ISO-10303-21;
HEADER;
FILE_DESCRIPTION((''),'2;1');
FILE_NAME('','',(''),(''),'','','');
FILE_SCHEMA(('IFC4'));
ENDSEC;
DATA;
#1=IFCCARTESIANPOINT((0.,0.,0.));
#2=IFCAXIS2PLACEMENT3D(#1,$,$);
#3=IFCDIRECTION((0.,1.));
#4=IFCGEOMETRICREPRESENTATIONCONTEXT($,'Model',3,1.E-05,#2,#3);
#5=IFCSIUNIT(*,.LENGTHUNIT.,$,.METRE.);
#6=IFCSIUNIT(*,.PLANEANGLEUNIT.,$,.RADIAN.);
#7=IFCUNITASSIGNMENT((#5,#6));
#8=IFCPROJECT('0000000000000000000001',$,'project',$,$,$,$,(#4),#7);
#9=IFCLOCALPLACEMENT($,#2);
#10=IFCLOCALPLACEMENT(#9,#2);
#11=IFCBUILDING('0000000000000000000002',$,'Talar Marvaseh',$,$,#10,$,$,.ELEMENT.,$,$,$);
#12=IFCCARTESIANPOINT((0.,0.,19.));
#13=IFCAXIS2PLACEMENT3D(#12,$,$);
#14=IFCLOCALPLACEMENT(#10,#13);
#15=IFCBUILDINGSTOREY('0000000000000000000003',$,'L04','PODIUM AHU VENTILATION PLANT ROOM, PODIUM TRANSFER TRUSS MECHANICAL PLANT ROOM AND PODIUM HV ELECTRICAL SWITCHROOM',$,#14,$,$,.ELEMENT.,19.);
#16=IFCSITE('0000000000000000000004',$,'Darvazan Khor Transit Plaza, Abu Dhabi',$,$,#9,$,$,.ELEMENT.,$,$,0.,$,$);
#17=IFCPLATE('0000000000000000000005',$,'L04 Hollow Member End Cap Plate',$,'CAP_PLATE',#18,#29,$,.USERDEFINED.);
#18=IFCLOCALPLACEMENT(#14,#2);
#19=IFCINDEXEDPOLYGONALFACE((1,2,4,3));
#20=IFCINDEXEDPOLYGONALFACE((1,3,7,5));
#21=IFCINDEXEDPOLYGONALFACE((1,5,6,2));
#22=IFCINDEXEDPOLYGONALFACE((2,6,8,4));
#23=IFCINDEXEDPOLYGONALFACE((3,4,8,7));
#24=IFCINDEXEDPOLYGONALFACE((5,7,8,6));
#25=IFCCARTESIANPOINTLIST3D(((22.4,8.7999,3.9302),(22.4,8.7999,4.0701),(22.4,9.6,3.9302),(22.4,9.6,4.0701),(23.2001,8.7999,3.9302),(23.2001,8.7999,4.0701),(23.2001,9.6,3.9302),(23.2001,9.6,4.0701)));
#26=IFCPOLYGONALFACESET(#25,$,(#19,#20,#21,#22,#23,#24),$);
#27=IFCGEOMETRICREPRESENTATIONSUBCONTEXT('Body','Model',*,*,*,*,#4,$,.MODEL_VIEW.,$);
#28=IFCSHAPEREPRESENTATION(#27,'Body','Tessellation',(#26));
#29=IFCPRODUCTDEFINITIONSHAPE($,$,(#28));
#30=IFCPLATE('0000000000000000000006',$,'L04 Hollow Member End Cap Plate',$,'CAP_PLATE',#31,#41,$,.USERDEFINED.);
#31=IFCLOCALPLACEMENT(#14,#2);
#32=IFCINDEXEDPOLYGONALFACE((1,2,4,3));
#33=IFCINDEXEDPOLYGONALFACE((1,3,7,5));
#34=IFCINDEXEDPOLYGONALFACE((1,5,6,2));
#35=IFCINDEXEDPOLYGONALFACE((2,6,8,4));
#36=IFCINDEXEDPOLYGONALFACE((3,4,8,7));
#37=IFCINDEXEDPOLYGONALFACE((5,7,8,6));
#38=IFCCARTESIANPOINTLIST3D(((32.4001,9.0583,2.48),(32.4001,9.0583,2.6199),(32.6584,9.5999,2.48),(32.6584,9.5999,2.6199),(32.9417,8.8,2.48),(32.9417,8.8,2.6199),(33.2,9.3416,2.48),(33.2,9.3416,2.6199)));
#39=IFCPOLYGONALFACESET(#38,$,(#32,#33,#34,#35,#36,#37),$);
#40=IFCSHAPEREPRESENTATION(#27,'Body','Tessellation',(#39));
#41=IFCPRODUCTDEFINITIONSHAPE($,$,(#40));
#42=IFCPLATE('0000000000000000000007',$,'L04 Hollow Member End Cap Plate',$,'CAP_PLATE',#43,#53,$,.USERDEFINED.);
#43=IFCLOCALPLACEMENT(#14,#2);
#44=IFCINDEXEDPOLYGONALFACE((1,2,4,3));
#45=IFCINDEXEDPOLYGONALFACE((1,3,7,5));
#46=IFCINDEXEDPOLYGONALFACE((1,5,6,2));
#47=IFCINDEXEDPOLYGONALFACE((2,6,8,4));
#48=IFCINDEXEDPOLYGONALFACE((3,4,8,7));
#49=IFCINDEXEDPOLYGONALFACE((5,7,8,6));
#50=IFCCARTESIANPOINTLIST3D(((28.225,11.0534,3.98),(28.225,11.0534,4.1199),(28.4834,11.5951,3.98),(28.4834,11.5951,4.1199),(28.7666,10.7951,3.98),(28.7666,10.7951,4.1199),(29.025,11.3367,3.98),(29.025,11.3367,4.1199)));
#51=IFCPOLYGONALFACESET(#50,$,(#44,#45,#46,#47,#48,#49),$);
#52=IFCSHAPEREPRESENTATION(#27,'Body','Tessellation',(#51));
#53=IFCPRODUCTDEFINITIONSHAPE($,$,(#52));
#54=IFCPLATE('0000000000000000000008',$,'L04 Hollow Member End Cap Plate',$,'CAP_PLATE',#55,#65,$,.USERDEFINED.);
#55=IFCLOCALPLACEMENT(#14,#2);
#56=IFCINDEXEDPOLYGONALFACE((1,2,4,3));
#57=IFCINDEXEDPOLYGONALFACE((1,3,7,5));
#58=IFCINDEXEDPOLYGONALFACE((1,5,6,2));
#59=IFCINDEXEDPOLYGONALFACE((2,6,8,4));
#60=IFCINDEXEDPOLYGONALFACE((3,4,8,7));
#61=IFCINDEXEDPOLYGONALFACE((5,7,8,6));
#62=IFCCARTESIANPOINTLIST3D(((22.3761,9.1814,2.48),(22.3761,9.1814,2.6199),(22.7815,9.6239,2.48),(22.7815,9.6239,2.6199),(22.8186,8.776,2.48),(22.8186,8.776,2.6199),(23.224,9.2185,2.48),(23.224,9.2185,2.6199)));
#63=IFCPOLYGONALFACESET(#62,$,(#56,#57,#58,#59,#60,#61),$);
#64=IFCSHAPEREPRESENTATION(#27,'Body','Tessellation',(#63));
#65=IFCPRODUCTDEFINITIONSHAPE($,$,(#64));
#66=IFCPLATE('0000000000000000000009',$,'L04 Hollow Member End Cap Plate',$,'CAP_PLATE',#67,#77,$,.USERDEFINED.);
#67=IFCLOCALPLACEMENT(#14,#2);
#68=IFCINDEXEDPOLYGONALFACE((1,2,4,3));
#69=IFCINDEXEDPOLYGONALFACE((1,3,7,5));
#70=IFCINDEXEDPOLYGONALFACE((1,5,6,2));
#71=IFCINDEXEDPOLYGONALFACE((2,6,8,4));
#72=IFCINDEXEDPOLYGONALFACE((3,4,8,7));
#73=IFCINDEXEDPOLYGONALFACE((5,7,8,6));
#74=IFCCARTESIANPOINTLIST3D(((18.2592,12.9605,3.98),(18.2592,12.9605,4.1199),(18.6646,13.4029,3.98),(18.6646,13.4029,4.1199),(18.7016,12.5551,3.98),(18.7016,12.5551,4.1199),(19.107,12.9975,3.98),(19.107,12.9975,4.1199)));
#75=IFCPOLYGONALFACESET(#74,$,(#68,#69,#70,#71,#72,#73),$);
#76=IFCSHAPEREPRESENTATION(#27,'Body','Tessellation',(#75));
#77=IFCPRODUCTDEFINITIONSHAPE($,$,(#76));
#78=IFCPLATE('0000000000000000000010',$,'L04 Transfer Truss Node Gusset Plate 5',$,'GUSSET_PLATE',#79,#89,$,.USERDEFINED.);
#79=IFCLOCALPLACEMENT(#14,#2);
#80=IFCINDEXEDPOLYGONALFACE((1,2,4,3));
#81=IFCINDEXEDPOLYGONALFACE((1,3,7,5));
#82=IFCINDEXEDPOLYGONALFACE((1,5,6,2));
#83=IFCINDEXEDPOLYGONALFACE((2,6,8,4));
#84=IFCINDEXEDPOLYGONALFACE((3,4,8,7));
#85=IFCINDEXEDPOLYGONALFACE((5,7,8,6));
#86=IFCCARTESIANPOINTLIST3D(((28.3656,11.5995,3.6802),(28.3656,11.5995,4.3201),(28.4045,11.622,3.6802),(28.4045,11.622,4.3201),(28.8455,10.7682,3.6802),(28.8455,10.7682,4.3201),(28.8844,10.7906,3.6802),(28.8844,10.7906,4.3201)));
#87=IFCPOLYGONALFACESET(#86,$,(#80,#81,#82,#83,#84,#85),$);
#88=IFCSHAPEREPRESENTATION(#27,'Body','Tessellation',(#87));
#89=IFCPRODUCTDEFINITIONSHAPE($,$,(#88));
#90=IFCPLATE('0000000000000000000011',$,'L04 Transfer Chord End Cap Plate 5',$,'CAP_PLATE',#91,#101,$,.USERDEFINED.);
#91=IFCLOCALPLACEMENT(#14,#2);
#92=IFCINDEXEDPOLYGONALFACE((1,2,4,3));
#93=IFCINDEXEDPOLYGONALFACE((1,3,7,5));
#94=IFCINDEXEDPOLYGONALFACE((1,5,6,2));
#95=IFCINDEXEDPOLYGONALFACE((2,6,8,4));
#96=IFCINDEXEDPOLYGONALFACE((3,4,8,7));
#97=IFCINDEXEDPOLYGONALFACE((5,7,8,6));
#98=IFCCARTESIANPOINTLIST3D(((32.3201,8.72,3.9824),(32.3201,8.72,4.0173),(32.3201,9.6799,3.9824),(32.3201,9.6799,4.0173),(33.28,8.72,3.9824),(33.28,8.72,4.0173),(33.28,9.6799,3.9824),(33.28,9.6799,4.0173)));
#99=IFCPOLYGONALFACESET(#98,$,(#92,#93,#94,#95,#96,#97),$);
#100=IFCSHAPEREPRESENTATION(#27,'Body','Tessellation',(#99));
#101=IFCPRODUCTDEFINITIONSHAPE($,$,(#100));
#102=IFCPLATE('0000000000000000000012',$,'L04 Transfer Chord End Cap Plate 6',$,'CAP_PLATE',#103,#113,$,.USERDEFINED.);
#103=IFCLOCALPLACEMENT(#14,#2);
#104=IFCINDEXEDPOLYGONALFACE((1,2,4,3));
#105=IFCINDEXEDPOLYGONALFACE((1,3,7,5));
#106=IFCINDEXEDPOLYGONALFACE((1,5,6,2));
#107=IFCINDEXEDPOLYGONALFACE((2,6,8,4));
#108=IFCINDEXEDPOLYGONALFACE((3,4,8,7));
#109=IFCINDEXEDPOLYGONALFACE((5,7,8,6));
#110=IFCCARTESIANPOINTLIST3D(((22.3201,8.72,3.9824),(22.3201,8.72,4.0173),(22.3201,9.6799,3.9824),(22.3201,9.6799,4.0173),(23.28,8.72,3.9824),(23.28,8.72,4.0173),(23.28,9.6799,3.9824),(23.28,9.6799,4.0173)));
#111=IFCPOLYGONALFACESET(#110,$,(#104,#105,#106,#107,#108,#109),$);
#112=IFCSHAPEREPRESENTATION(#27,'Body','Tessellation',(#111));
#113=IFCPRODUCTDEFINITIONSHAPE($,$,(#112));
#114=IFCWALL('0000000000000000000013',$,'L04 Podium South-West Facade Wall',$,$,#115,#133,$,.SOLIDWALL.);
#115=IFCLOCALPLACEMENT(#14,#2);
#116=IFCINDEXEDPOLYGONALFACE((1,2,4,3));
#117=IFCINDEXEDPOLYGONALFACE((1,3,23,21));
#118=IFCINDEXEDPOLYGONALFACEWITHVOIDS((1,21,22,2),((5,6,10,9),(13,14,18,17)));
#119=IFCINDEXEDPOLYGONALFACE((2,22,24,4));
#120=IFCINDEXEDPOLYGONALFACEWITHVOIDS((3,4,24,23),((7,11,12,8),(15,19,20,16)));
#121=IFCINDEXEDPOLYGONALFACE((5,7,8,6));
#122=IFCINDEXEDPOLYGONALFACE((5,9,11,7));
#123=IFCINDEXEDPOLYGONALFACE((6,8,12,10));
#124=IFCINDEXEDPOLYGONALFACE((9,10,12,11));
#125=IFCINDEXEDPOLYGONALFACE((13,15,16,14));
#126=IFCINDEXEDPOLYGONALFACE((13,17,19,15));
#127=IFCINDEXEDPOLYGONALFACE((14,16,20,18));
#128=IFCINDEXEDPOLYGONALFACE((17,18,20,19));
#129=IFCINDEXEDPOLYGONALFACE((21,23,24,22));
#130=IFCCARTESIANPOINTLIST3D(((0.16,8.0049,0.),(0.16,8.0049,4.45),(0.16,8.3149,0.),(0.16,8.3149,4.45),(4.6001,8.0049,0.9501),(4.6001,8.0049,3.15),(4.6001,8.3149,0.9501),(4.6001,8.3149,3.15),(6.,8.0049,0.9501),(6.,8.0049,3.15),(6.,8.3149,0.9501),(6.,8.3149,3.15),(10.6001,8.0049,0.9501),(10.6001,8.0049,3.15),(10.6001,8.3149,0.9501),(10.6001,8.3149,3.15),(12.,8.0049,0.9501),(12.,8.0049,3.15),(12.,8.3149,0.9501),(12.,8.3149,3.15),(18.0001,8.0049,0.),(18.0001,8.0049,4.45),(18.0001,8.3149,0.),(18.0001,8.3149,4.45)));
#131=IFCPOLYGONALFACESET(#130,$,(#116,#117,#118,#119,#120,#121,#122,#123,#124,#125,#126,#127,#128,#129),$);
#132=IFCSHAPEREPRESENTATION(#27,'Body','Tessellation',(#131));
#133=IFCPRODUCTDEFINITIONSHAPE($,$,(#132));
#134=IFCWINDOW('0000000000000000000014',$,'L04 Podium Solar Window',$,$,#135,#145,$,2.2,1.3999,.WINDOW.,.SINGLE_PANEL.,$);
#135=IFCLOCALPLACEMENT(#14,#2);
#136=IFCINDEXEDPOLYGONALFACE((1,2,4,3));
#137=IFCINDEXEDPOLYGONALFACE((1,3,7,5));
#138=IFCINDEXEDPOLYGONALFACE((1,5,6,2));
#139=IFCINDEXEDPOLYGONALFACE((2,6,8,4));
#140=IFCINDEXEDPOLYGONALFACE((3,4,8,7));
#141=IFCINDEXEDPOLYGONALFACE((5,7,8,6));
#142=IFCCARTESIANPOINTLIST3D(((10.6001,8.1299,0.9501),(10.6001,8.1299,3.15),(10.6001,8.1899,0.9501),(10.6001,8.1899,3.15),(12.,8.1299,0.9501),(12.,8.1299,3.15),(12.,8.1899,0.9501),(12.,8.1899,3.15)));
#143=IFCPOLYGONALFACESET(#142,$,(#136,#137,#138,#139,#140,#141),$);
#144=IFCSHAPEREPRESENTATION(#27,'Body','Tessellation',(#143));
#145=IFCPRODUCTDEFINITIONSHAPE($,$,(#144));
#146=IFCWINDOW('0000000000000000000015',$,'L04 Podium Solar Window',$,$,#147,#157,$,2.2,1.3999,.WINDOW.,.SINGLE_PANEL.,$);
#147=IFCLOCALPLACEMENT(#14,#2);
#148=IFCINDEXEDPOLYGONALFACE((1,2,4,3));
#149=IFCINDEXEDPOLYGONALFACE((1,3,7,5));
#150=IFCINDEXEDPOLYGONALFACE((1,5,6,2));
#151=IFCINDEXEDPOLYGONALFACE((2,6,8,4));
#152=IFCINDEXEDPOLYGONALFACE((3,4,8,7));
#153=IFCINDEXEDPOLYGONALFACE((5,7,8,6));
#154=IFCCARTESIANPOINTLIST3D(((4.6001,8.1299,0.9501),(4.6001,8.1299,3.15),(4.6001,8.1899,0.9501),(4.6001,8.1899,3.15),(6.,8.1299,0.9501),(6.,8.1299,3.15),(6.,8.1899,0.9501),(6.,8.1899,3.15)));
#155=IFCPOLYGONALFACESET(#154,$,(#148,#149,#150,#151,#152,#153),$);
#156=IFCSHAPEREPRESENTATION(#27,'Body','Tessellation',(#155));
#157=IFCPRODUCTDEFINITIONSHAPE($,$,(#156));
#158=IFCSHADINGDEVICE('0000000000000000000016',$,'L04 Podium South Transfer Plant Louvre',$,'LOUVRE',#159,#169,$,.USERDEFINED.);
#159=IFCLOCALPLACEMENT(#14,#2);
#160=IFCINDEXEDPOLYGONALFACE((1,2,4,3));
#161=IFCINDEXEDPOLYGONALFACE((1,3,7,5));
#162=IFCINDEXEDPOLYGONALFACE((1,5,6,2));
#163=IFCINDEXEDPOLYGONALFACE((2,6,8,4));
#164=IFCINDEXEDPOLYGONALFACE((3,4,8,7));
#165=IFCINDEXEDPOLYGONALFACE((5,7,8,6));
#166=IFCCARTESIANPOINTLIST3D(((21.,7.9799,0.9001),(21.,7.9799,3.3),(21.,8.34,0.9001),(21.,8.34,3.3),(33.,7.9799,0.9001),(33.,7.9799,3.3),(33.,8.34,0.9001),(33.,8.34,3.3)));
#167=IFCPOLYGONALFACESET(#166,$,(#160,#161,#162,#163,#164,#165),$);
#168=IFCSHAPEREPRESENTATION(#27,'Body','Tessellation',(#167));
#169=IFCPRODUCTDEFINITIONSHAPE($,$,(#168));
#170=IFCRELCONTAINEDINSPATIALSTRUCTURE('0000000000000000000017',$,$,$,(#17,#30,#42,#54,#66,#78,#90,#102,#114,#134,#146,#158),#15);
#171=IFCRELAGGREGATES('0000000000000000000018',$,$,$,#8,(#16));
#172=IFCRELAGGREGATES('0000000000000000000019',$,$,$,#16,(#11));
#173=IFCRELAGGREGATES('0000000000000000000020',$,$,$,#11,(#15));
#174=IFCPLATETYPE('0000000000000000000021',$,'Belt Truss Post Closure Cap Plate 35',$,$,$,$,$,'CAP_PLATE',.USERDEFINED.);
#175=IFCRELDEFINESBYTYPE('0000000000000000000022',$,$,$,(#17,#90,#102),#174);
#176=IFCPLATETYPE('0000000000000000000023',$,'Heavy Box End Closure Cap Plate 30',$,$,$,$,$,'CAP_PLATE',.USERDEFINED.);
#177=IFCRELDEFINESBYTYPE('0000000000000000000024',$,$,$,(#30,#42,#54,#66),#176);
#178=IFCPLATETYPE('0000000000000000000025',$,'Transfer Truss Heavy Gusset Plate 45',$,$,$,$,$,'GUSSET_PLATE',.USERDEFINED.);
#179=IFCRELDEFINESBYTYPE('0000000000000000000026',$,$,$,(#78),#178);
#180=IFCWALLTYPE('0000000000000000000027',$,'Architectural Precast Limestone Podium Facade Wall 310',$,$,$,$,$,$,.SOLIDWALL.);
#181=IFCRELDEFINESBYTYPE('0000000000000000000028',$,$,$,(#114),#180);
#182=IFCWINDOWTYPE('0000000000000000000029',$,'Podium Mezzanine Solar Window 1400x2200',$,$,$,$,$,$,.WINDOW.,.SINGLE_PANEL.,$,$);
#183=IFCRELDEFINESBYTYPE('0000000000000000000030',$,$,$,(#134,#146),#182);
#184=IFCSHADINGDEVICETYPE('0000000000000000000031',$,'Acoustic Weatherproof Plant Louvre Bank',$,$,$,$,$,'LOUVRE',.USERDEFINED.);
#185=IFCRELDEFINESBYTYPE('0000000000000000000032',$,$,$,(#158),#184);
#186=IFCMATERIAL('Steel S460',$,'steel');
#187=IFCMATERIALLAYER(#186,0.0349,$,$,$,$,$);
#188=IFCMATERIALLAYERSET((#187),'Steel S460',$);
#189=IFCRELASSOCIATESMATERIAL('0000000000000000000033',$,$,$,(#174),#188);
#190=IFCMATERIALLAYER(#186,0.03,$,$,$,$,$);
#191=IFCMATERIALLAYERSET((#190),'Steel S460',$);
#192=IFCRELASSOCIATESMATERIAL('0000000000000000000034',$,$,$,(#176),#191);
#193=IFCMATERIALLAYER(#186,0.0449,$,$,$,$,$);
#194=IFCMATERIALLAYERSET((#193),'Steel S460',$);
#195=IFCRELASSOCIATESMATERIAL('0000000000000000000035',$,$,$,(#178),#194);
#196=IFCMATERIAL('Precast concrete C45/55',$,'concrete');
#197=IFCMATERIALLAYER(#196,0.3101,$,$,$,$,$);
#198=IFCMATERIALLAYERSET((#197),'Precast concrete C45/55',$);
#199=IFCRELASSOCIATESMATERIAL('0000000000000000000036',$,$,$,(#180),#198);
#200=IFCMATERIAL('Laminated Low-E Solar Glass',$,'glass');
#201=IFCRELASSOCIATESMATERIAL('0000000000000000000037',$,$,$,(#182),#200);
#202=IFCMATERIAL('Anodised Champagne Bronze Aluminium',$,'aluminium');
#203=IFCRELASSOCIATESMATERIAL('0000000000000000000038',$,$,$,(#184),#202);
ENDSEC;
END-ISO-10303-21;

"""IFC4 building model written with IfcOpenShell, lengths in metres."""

from ifc_helpers import new_model, si_unit, direction, frame, frame_2d, origin, origin_2d, place, context, subcontext, project, spatial, rectangle, extrude, source, transform, mapped, material, layer, layer_set, type_object, type_shapes, element, fill, save


model = new_model("IFC4")

# Units and contexts
model_context = context("Model", 3, precision=1e-05, world=origin(), true_north=direction((0.0, 1.0)))
body_context = subcontext(model_context, "Body", "Model", "MODEL_VIEW")
ifc_project = project(units=[si_unit("LENGTHUNIT", "METRE"), si_unit("PLANEANGLEUNIT", "RADIAN")], contexts=[model_context])

# Site, building, storey
site_placement = place(None, origin())
site = spatial("IfcSite", under=ifc_project, at=site_placement, Name="Darvazan Khor Transit Plaza, Abu Dhabi", CompositionType="ELEMENT", RefElevation=0.0)
building_placement = place(site_placement, origin())
building = spatial("IfcBuilding", under=site, at=building_placement, Name="Talar Marvaseh", CompositionType="ELEMENT")
storey_placement = place(building_placement, frame((0.0, 0.0, 19.0)))
storey = spatial("IfcBuildingStorey", under=building, at=storey_placement, Name="L04", Description="PODIUM AHU VENTILATION PLANT ROOM, PODIUM TRANSFER TRUSS MECHANICAL PLANT ROOM AND PODIUM HV ELECTRICAL SWITCHROOM", CompositionType="ELEMENT", Elevation=19.0)

# Shared definitions
ifc_material_1 = material(Name="Steel S460", Category="steel")

# Plates
ifc_layer_1 = layer(ifc_material_1, 0.0349)
ifc_layer_set_1 = layer_set([ifc_layer_1], Name="Steel S460")
plate_type_1 = type_object("IfcPlateType", Name="Belt Truss Post Closure Cap Plate 35", ElementType="CAP_PLATE", PredefinedType="USERDEFINED", material=ifc_layer_set_1)
shared_shape_1 = source(origin(), body_context, "Body", "SweptSolid", [
    extrude(rectangle(XDim=0.8, YDim=0.8, at=origin_2d()), origin(), (0.0, 0.0, 1.0), 0.1399),
])
for number, where, z_axis, x_axis, name in (
    (1, (22.8, 9.2, 3.9302), (0.0, 0.0, 1.0), (-1.0, 0.0, 0.0), "L04 Hollow Member End Cap Plate"),
):
    element("IfcPlate", number, at=place(storey_placement, frame(where, z_axis=z_axis, x_axis=x_axis)), inside=storey, type_object=plate_type_1, Name=name, ObjectType="CAP_PLATE", PredefinedType="USERDEFINED", context=body_context, shape_type="MappedRepresentation", body=[
        mapped(shared_shape_1, transform((0.0, 0.0, 0.0), x_axis=(1.0, 0.0, 0.0), y_axis=(0.0, 1.0, 0.0), z_axis=(0.0, 0.0, 1.0), scale=1.0)),
    ])
ifc_layer_2 = layer(ifc_material_1, 0.03)
ifc_layer_set_2 = layer_set([ifc_layer_2], Name="Steel S460")
plate_type_2 = type_object("IfcPlateType", Name="Heavy Box End Closure Cap Plate 30", ElementType="CAP_PLATE", PredefinedType="USERDEFINED", material=ifc_layer_set_2)
shared_shape_2 = source(origin(), body_context, "Body", "SweptSolid", [
    extrude(rectangle(XDim=0.6001, YDim=0.6001, at=origin_2d()), origin(), (0.0, 0.0, 1.0), 0.1399),
])
type_shapes(plate_type_2, [shared_shape_2])
for number, where, z_axis, x_axis, name in (
    (2, (32.8, 9.2, 2.48), (0.0, 0.0, 1.0), (-0.902585, 0.430511, 0.0), "L04 Hollow Member End Cap Plate"),
    (3, (28.625, 11.1951, 3.98), (0.0, 0.0, 1.0), (-0.902585, 0.430511, 0.0), "L04 Hollow Member End Cap Plate"),
    (4, (22.8, 9.2, 2.48), (0.0, 0.0, 1.0), (-0.737277, 0.67559, 0.0), "L04 Hollow Member End Cap Plate"),
    (5, (18.6831, 12.979, 3.98), (0.0, 0.0, 1.0), (-0.737277, 0.67559, 0.0), "L04 Hollow Member End Cap Plate"),
):
    element("IfcPlate", number, at=place(storey_placement, frame(where, z_axis=z_axis, x_axis=x_axis)), inside=storey, type_object=plate_type_2, Name=name, ObjectType="CAP_PLATE", PredefinedType="USERDEFINED", context=body_context, shape_type="MappedRepresentation", body=[
        mapped(shared_shape_2, transform((0.0, 0.0, 0.0), x_axis=(1.0, 0.0, 0.0), y_axis=(0.0, 1.0, 0.0), z_axis=(0.0, 0.0, 1.0), scale=1.0)),
    ])
ifc_layer_3 = layer(ifc_material_1, 0.0449)
ifc_layer_set_3 = layer_set([ifc_layer_3], Name="Steel S460")
plate_type_3 = type_object("IfcPlateType", Name="Transfer Truss Heavy Gusset Plate 45", ElementType="GUSSET_PLATE", PredefinedType="USERDEFINED", material=ifc_layer_set_3)
shared_shape_3 = source(origin(), body_context, "Body", "SweptSolid", [
    extrude(rectangle(XDim=0.96, YDim=0.0449, at=origin_2d()), origin(), (0.0, 0.0, 1.0), 0.6399),
])
type_shapes(plate_type_3, [shared_shape_3])
plate_placement = place(storey_placement, frame((28.625, 11.1951, 3.6802), z_axis=(0.0, 0.0, 1.0), x_axis=(-0.5, 0.866025, 0.0)))
element("IfcPlate", 6, at=plate_placement, inside=storey, type_object=plate_type_3, Name="L04 Transfer Truss Node Gusset Plate 5", ObjectType="GUSSET_PLATE", PredefinedType="USERDEFINED", context=body_context, shape_type="MappedRepresentation", body=[
    mapped(shared_shape_3, transform((0.0, 0.0, 0.0), x_axis=(1.0, 0.0, 0.0), y_axis=(0.0, 1.0, 0.0), z_axis=(0.0, 0.0, 1.0), scale=1.0)),
])
shared_shape_4 = source(origin(), body_context, "Body", "SweptSolid", [
    extrude(rectangle(XDim=0.96, YDim=0.96, at=origin_2d()), origin(), (0.0, 0.0, 1.0), 0.0349),
])
type_shapes(plate_type_1, [shared_shape_1, shared_shape_4])
for number, where, z_axis, x_axis, name in (
    (7, (32.8, 9.2, 3.9824), (0.0, 0.0, 1.0), (1.0, 0.0, 0.0), "L04 Transfer Chord End Cap Plate 5"),
    (8, (22.8, 9.2, 3.9824), (0.0, 0.0, 1.0), (1.0, 0.0, 0.0), "L04 Transfer Chord End Cap Plate 6"),
):
    element("IfcPlate", number, at=place(storey_placement, frame(where, z_axis=z_axis, x_axis=x_axis)), inside=storey, type_object=plate_type_1, Name=name, ObjectType="CAP_PLATE", PredefinedType="USERDEFINED", context=body_context, shape_type="MappedRepresentation", body=[
        mapped(shared_shape_4, transform((0.0, 0.0, 0.0), x_axis=(1.0, 0.0, 0.0), y_axis=(0.0, 1.0, 0.0), z_axis=(0.0, 0.0, 1.0), scale=1.0)),
    ])

# Wall, openings, windows
ifc_material_2 = material(Name="Precast concrete C45/55", Category="concrete")
ifc_layer_4 = layer(ifc_material_2, 0.3101)
ifc_layer_set_4 = layer_set([ifc_layer_4], Name="Precast concrete C45/55")
wall_type = type_object("IfcWallType", Name="Architectural Precast Limestone Podium Facade Wall 310", PredefinedType="SOLIDWALL", material=ifc_layer_set_4)
wall_placement = place(storey_placement, frame((18.0, 8.1599, 0.0), z_axis=(0.0, 0.0, 1.0), x_axis=(-1.0, 0.0, 0.0)))
wall = element("IfcWall", 9, at=wall_placement, inside=storey, type_object=wall_type, Name="L04 Podium South-West Facade Wall", PredefinedType="SOLIDWALL", context=body_context, shape_type="SweptSolid", body=[
    extrude(rectangle(XDim=17.8401, YDim=0.3101, at=frame_2d((8.9199, 0.0))), origin(), (0.0, 0.0, 1.0), 4.45),
])
opening_1_placement = place(wall_placement, frame((6.0, 0.0, 0.95)))
opening_1 = element("IfcOpeningElement", 10, at=opening_1_placement, cuts=wall, PredefinedType="OPENING", context=body_context, shape_type="SweptSolid", body=[
    extrude(rectangle(XDim=1.3999, YDim=2.2, at=frame_2d((0.7, 1.1001))), frame((0.0, 0.165, 0.0), z_axis=(0.0, -1.0, 0.0), x_axis=(1.0, 0.0, 0.0)), (0.0, 0.0, 1.0), 0.3301),
])
opening_2_placement = place(wall_placement, frame((12.0, 0.0, 0.95)))
opening_2 = element("IfcOpeningElement", 11, at=opening_2_placement, cuts=wall, PredefinedType="OPENING", context=body_context, shape_type="SweptSolid", body=[
    extrude(rectangle(XDim=1.3999, YDim=2.2, at=frame_2d((0.7, 1.1001))), frame((0.0, 0.165, 0.0), z_axis=(0.0, -1.0, 0.0), x_axis=(1.0, 0.0, 0.0)), (0.0, 0.0, 1.0), 0.3301),
])
ifc_material_3 = material(Name="Laminated Low-E Solar Glass", Category="glass")
window_type = type_object("IfcWindowType", Name="Podium Mezzanine Solar Window 1400x2200", PartitioningType="SINGLE_PANEL", PredefinedType="WINDOW", material=ifc_material_3)
shared_shape_5 = source(origin(), body_context, "Body", "SweptSolid", [
    extrude(rectangle(XDim=1.3999, YDim=2.2, at=frame_2d((0.7, 1.1001))), frame((0.0, 0.03, 0.0), z_axis=(0.0, -1.0, 0.0), x_axis=(1.0, 0.0, 0.0)), (0.0, 0.0, 1.0), 0.0601),
])
type_shapes(window_type, [shared_shape_5])
window_1_placement = place(opening_1_placement, origin())
window_1 = element("IfcWindow", 12, at=window_1_placement, inside=storey, type_object=window_type, Name="L04 Podium Solar Window", OverallHeight=2.2, OverallWidth=1.3999, PartitioningType="SINGLE_PANEL", PredefinedType="WINDOW", context=body_context, shape_type="MappedRepresentation", body=[
    mapped(shared_shape_5, transform((0.0, 0.0, 0.0), x_axis=(1.0, 0.0, 0.0), y_axis=(0.0, 1.0, 0.0), z_axis=(0.0, 0.0, 1.0), scale=1.0)),
])
fill(opening_1, window_1)
window_2_placement = place(opening_2_placement, origin())
window_2 = element("IfcWindow", 13, at=window_2_placement, inside=storey, type_object=window_type, Name="L04 Podium Solar Window", OverallHeight=2.2, OverallWidth=1.3999, PartitioningType="SINGLE_PANEL", PredefinedType="WINDOW", context=body_context, shape_type="MappedRepresentation", body=[
    mapped(shared_shape_5, transform((0.0, 0.0, 0.0), x_axis=(1.0, 0.0, 0.0), y_axis=(0.0, 1.0, 0.0), z_axis=(0.0, 0.0, 1.0), scale=1.0)),
])
fill(opening_2, window_2)

# Shading device
ifc_material_4 = material(Name="Anodised Champagne Bronze Aluminium", Category="aluminium")
shading_device_type = type_object("IfcShadingDeviceType", Name="Acoustic Weatherproof Plant Louvre Bank", ElementType="LOUVRE", PredefinedType="USERDEFINED", material=ifc_material_4)
shared_shape_6 = source(origin(), body_context, "Body", "SweptSolid", [
    extrude(rectangle(XDim=12.0, YDim=0.3601, at=origin_2d()), origin(), (0.0, 0.0, 1.0), 2.3999),
])
type_shapes(shading_device_type, [shared_shape_6])
shading_device_placement = place(storey_placement, frame((27.0, 8.1599, 0.9001), z_axis=(0.0, 0.0, 1.0), x_axis=(1.0, 0.0, 0.0)))
element("IfcShadingDevice", 14, at=shading_device_placement, inside=storey, type_object=shading_device_type, Name="L04 Podium South Transfer Plant Louvre", ObjectType="LOUVRE", PredefinedType="USERDEFINED", context=body_context, shape_type="MappedRepresentation", body=[
    mapped(shared_shape_6, transform((0.0, 0.0, 0.0), x_axis=(1.0, 0.0, 0.0), y_axis=(0.0, 1.0, 0.0), z_axis=(0.0, 0.0, 1.0), scale=1.0)),
])

save(model, "model.ifc")
